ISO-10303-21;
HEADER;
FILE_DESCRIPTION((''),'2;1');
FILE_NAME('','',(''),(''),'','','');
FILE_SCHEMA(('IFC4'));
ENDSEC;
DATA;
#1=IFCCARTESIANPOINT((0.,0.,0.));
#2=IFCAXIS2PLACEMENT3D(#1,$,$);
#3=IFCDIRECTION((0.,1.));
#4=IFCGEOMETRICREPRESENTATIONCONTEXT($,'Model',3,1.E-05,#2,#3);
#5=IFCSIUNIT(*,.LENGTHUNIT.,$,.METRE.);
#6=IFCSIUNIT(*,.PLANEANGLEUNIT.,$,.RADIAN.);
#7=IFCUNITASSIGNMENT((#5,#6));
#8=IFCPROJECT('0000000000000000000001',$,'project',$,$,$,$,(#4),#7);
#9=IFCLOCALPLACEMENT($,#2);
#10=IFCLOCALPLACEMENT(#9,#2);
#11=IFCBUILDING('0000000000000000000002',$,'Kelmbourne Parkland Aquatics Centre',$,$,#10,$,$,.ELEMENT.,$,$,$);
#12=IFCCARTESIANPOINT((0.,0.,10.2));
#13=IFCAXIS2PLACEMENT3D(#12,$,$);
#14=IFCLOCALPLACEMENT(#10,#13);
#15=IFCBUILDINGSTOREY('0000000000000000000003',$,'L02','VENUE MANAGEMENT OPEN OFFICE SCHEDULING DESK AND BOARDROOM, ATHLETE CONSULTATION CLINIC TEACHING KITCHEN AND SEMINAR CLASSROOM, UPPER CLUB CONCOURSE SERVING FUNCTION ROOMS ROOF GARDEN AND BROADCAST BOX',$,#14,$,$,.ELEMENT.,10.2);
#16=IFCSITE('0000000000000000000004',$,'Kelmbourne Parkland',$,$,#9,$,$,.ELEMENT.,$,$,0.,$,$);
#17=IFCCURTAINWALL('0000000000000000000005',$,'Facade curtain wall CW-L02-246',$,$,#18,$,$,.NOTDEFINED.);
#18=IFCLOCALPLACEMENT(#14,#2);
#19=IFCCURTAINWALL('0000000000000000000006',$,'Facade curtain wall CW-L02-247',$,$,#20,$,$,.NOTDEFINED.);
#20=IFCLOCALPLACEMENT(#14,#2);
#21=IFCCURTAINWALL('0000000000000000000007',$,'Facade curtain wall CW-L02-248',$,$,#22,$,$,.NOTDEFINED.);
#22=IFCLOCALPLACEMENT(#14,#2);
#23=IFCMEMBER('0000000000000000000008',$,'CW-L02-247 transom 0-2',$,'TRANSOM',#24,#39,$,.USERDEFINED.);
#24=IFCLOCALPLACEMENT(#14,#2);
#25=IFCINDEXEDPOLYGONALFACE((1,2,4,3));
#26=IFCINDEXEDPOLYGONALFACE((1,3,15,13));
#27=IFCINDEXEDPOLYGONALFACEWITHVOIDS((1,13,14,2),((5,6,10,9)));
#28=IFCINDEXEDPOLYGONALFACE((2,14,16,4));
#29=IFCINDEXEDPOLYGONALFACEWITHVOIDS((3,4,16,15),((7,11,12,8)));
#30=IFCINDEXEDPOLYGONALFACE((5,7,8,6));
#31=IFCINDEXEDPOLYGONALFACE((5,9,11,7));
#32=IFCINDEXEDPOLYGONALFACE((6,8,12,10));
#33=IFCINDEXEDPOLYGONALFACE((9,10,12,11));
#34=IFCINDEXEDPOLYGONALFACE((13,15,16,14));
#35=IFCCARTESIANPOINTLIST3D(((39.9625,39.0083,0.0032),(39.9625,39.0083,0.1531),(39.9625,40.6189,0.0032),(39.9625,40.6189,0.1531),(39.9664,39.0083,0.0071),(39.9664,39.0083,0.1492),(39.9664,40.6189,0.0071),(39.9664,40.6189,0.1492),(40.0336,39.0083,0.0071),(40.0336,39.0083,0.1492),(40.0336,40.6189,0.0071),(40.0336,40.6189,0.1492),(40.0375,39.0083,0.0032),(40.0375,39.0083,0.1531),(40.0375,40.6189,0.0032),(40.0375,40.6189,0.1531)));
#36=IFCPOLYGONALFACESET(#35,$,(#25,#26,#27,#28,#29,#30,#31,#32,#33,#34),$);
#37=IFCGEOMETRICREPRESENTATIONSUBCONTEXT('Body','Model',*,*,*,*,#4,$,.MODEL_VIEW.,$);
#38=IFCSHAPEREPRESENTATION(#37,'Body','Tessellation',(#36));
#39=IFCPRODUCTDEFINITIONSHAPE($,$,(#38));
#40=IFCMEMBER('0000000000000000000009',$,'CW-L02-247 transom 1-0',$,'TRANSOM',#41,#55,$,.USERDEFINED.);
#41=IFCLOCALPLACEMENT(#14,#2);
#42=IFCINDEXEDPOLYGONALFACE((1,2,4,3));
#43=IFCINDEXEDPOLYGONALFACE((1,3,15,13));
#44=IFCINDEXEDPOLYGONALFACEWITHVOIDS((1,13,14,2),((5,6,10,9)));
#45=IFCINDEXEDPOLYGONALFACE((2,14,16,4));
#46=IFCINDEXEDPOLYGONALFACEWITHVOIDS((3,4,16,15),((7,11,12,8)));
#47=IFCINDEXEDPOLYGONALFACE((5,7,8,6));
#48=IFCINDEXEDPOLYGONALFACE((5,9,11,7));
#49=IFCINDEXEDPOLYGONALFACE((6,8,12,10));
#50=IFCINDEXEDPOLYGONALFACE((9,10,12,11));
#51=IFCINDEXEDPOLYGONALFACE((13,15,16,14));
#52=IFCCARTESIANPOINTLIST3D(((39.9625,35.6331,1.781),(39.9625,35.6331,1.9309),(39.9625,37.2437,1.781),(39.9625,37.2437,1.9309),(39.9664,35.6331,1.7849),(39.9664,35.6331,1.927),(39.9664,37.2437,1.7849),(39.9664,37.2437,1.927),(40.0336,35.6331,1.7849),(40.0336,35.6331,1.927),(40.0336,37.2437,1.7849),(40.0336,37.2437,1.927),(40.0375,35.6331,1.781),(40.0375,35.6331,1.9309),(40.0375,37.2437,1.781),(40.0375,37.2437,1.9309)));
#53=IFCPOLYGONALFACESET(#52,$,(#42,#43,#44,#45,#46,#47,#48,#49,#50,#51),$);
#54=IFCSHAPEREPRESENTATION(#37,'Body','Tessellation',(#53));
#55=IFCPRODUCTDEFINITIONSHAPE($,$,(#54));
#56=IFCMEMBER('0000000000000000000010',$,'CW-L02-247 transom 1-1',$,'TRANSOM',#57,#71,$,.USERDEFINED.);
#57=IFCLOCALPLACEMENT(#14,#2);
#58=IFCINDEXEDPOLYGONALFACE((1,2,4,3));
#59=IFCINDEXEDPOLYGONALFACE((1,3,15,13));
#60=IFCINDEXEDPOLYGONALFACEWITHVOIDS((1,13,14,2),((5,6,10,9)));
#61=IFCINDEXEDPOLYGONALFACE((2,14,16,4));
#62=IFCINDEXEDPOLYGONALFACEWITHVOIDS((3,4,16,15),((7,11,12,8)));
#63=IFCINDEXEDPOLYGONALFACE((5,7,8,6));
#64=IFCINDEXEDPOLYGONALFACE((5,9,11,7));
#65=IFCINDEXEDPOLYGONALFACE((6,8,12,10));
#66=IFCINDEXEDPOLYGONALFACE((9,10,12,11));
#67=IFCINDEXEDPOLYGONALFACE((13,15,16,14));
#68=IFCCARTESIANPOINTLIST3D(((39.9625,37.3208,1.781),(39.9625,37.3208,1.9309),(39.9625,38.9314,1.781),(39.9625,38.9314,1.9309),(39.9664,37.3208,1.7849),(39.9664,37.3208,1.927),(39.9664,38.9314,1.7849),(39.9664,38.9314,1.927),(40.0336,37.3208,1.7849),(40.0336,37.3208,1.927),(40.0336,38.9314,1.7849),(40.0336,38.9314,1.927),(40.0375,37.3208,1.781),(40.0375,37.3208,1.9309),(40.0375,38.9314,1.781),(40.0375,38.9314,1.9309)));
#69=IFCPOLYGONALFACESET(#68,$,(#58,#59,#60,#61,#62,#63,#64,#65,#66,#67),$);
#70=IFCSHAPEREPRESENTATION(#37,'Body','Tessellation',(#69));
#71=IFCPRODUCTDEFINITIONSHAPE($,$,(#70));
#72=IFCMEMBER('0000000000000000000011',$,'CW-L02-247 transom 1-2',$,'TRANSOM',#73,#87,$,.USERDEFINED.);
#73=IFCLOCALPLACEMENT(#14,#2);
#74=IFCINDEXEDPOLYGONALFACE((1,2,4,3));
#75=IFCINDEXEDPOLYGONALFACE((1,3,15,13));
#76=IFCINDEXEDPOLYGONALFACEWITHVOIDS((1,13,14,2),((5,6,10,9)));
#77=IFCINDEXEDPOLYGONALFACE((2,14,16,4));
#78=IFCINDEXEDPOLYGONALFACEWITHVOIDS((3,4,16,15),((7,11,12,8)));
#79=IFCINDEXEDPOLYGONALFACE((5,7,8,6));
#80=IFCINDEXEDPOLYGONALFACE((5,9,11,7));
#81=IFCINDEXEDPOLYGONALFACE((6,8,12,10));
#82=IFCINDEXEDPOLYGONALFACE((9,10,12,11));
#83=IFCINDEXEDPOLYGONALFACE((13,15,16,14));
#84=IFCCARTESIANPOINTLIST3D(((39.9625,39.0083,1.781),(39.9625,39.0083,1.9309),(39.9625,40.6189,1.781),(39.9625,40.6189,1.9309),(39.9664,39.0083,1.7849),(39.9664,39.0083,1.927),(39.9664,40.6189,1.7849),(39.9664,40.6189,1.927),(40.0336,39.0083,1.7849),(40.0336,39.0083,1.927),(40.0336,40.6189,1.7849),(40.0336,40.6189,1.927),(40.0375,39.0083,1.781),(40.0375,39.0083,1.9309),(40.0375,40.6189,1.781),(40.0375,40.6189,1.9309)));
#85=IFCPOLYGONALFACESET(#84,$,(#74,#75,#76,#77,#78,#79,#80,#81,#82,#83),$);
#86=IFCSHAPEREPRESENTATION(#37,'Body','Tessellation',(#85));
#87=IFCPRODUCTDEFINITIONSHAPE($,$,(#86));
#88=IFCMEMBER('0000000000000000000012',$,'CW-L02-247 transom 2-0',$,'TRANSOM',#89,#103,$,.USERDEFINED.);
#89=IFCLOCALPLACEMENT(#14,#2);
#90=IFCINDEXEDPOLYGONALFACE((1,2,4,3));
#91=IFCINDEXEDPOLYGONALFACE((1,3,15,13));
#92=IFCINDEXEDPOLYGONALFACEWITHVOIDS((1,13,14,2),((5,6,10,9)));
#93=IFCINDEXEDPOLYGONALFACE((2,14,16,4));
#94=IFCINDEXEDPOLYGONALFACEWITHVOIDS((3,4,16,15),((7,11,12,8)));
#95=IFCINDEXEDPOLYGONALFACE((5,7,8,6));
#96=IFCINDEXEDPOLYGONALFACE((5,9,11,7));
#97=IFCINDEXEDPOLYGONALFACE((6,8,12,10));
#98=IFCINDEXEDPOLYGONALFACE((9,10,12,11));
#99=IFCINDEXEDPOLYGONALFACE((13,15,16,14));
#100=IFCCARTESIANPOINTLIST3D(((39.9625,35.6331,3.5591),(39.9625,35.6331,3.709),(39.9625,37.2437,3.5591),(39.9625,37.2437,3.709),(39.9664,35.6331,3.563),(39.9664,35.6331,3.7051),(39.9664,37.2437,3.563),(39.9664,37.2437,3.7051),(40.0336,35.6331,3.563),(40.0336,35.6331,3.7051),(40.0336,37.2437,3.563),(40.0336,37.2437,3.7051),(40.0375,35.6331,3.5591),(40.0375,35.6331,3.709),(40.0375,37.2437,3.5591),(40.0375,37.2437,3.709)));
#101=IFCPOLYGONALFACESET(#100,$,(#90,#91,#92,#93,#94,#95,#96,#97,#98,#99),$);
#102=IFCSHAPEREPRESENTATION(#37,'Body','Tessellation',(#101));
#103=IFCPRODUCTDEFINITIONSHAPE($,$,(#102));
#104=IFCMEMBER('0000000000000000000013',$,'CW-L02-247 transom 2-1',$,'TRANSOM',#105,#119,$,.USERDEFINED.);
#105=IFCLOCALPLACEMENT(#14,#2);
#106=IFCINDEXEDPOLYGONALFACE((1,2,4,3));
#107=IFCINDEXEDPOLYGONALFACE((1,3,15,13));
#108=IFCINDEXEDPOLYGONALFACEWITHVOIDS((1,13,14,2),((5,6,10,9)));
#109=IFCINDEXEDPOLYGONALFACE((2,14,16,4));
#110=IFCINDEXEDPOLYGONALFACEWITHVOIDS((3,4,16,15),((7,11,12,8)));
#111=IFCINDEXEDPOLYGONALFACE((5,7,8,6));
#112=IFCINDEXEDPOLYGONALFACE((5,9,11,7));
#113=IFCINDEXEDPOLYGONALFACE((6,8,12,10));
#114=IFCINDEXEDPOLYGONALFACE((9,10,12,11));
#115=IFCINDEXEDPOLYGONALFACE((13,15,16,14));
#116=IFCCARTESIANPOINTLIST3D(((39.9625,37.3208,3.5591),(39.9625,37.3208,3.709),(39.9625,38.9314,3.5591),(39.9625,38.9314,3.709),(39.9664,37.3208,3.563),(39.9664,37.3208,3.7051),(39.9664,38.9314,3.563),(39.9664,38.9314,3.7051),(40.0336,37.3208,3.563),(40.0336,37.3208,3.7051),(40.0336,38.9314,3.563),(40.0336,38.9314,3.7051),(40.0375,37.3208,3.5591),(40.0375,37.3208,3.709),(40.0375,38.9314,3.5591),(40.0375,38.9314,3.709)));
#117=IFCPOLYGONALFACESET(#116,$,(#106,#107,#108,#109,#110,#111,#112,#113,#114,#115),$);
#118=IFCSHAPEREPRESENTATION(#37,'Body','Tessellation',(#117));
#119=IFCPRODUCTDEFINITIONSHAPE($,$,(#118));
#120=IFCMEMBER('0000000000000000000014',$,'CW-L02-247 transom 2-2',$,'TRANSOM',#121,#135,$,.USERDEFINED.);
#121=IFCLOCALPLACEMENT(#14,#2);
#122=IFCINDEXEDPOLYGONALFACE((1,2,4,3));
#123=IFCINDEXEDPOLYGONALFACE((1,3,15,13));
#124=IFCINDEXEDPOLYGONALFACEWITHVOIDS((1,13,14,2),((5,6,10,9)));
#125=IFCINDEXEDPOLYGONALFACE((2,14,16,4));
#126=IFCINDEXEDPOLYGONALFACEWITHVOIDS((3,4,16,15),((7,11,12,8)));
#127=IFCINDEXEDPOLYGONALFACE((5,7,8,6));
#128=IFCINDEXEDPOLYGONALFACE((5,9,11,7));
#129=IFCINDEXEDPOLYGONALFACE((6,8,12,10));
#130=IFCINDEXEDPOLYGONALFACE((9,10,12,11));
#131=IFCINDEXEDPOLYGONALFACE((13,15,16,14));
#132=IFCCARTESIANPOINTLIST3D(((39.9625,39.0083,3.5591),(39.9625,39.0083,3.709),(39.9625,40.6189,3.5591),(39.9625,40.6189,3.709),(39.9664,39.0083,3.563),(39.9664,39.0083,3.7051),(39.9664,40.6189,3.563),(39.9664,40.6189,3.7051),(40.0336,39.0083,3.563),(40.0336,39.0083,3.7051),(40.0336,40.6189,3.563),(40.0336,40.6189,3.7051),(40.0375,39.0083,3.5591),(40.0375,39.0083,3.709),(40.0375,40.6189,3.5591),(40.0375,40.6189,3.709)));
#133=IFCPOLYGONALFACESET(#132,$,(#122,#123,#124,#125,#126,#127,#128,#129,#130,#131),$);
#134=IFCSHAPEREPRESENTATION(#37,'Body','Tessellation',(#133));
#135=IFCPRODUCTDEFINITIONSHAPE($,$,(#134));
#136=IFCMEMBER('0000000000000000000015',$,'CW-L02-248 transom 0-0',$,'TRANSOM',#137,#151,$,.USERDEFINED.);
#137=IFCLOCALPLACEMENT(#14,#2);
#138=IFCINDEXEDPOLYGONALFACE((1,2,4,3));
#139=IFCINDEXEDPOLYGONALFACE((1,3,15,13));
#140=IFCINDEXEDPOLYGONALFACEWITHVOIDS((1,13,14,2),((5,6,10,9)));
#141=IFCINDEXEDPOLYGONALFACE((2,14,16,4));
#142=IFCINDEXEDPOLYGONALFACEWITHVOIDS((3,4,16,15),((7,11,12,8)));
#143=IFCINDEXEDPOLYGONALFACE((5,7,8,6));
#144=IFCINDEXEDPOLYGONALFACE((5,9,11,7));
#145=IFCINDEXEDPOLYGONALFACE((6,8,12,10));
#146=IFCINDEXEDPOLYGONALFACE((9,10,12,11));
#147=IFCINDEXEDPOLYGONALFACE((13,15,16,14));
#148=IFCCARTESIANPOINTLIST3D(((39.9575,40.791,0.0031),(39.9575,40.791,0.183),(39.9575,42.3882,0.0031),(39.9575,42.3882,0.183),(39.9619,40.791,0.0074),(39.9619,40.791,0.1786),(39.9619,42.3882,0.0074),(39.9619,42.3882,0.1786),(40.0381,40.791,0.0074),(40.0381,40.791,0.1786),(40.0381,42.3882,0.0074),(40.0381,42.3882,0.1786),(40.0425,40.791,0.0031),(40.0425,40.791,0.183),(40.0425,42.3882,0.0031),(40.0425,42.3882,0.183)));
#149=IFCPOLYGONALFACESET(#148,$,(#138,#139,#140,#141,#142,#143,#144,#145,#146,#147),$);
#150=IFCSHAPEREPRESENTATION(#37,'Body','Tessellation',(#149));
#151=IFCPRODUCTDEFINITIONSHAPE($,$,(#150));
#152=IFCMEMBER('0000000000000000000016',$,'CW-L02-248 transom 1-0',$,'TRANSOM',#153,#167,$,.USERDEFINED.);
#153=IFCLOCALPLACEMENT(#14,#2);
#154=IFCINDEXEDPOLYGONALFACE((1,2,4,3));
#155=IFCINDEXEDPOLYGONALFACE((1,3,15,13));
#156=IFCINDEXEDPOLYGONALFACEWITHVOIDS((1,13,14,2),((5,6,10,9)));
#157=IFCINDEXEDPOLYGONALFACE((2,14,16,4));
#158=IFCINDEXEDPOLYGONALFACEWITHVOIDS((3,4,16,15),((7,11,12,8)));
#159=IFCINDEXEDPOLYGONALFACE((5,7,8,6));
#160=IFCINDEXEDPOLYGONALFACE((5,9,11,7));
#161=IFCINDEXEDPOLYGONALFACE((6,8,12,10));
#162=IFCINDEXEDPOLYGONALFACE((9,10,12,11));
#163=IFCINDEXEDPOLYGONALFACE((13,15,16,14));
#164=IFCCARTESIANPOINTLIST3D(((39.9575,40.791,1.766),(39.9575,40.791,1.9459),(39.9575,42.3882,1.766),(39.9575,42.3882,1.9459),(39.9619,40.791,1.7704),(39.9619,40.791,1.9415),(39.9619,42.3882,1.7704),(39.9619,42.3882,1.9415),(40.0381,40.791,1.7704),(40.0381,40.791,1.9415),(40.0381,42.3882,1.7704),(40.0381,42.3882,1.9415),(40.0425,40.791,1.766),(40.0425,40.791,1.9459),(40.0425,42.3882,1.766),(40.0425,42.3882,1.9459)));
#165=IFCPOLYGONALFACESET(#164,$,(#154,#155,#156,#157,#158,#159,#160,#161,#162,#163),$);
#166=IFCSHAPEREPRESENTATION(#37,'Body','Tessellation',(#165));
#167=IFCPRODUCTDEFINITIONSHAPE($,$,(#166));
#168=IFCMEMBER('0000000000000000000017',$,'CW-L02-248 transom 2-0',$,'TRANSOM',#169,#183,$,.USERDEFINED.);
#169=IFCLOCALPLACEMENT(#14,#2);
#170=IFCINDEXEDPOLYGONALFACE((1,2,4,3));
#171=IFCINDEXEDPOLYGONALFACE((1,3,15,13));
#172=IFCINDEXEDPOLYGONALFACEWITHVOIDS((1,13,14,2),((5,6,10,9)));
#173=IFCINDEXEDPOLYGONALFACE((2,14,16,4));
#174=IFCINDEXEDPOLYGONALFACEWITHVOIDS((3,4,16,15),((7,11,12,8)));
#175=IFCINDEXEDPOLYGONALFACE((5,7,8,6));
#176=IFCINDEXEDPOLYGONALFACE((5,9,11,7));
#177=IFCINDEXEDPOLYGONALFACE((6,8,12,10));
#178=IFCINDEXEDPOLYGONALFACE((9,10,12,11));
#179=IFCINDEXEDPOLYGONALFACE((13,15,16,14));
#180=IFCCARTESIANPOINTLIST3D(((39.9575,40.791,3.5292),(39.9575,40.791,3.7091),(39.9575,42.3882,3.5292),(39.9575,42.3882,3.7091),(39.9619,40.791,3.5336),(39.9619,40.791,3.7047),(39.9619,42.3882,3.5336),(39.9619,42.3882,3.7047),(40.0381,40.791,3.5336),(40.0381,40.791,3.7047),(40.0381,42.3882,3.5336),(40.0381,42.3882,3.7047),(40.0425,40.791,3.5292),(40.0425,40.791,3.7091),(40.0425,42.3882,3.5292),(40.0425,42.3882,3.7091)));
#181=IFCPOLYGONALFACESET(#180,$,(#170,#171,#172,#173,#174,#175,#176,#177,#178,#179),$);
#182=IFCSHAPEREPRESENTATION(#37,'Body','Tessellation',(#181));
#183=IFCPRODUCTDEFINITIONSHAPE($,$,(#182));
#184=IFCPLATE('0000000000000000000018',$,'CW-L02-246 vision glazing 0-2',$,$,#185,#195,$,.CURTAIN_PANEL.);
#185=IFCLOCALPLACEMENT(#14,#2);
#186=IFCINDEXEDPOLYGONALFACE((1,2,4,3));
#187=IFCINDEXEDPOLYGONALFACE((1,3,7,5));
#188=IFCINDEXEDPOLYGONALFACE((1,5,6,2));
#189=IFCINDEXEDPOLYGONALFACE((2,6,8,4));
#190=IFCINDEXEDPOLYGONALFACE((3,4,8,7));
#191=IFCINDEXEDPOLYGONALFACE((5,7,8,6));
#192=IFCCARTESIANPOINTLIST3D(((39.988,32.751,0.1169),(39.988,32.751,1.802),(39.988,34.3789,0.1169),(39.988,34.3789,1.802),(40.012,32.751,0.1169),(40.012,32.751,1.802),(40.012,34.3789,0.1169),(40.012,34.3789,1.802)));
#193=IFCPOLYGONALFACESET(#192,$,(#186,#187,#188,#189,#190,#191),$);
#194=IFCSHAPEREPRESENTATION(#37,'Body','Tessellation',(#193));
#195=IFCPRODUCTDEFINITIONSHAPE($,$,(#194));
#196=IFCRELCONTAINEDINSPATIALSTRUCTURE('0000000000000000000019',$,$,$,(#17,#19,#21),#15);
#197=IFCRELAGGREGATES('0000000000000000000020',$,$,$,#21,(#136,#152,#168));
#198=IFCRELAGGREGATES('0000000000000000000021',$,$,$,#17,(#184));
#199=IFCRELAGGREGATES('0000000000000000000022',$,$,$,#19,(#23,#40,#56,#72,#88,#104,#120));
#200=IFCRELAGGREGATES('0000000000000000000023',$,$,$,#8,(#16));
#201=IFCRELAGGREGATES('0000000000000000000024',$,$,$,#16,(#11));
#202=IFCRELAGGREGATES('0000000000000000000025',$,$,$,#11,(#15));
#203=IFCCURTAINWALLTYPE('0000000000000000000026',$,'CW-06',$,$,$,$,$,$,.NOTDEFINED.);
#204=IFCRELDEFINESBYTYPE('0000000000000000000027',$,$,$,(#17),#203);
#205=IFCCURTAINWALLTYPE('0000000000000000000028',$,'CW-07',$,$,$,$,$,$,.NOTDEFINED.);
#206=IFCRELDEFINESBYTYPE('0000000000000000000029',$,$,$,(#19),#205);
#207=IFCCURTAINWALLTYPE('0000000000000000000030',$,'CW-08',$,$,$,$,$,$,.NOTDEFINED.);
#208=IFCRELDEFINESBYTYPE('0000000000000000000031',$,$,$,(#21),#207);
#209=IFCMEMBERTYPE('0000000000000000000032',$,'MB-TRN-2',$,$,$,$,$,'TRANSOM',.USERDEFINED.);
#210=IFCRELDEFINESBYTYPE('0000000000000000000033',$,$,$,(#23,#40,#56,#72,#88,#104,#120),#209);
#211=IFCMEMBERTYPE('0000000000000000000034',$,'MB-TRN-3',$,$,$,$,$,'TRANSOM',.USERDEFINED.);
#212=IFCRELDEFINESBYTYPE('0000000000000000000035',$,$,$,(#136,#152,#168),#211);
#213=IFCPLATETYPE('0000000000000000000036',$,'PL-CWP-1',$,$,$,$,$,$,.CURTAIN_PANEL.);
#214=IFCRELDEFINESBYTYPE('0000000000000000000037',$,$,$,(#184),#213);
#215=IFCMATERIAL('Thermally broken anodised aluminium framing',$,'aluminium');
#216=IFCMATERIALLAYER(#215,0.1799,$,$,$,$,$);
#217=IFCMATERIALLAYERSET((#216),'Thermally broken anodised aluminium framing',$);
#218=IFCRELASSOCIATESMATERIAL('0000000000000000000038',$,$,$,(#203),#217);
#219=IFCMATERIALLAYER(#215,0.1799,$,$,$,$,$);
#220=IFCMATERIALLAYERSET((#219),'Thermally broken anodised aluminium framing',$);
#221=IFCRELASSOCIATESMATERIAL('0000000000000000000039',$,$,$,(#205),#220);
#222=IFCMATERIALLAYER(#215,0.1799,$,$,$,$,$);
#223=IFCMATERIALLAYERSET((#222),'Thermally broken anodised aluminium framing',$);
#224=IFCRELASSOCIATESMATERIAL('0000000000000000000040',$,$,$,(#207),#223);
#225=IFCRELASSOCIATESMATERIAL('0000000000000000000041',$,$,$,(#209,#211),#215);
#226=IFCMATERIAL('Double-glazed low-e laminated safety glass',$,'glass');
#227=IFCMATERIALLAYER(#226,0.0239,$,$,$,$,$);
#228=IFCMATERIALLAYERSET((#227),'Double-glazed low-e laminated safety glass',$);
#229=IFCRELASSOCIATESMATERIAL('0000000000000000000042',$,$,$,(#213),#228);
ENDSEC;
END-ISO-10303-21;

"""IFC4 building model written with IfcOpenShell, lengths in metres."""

from ifc_helpers import new_model, si_unit, direction, frame, origin, origin_2d, place, context, subcontext, project, spatial, rectangle, hollow_rectangle, extrude, material, layer, layer_set, material_profile, profile_set, type_object, element, aggregate, save


model = new_model("IFC4")

# Units and contexts
model_context = context("Model", 3, precision=1e-05, world=origin(), true_north=direction((0.0, 1.0)))
body_context = subcontext(model_context, "Body", "Model", "MODEL_VIEW")
ifc_project = project(units=[si_unit("LENGTHUNIT", "METRE"), si_unit("PLANEANGLEUNIT", "RADIAN")], contexts=[model_context])

# Site, building, storey
site_placement = place(None, origin())
site = spatial("IfcSite", under=ifc_project, at=site_placement, Name="Kelmbourne Parkland", CompositionType="ELEMENT", RefElevation=0.0)
building_placement = place(site_placement, origin())
building = spatial("IfcBuilding", under=site, at=building_placement, Name="Kelmbourne Parkland Aquatics Centre", CompositionType="ELEMENT")
storey_placement = place(building_placement, frame((0.0, 0.0, 10.2)))
storey = spatial("IfcBuildingStorey", under=building, at=storey_placement, Name="L02", Description="VENUE MANAGEMENT OPEN OFFICE SCHEDULING DESK AND BOARDROOM, ATHLETE CONSULTATION CLINIC TEACHING KITCHEN AND SEMINAR CLASSROOM, UPPER CLUB CONCOURSE SERVING FUNCTION ROOMS ROOF GARDEN AND BROADCAST BOX", CompositionType="ELEMENT", Elevation=10.2)

# Curtain wall
ifc_material_1 = material(Name="Thermally broken anodised aluminium framing", Category="aluminium")
ifc_layer_1 = layer(ifc_material_1, 0.1799)
ifc_layer_set_1 = layer_set([ifc_layer_1], Name="Thermally broken anodised aluminium framing")
curtain_wall_type_1 = type_object("IfcCurtainWallType", Name="CW-06", PredefinedType="NOTDEFINED", material=ifc_layer_set_1)
curtain_wall_1_placement = place(storey_placement, origin())
curtain_wall_1 = element("IfcCurtainWall", 1, at=curtain_wall_1_placement, inside=storey, type_object=curtain_wall_type_1, Name="Facade curtain wall CW-L02-246", PredefinedType="NOTDEFINED")

# Curtain wall
ifc_layer_2 = layer(ifc_material_1, 0.1799)
ifc_layer_set_2 = layer_set([ifc_layer_2], Name="Thermally broken anodised aluminium framing")
curtain_wall_type_2 = type_object("IfcCurtainWallType", Name="CW-07", PredefinedType="NOTDEFINED", material=ifc_layer_set_2)
curtain_wall_2_placement = place(storey_placement, origin())
curtain_wall_2 = element("IfcCurtainWall", 2, at=curtain_wall_2_placement, inside=storey, type_object=curtain_wall_type_2, Name="Facade curtain wall CW-L02-247", PredefinedType="NOTDEFINED")

# Curtain wall
ifc_layer_3 = layer(ifc_material_1, 0.1799)
ifc_layer_set_3 = layer_set([ifc_layer_3], Name="Thermally broken anodised aluminium framing")
curtain_wall_type_3 = type_object("IfcCurtainWallType", Name="CW-08", PredefinedType="NOTDEFINED", material=ifc_layer_set_3)
curtain_wall_3_placement = place(storey_placement, origin())
curtain_wall_3 = element("IfcCurtainWall", 3, at=curtain_wall_3_placement, inside=storey, type_object=curtain_wall_type_3, Name="Facade curtain wall CW-L02-248", PredefinedType="NOTDEFINED")

# Members
ifc_material_profile_1 = material_profile(ifc_material_1, hollow_rectangle(XDim=0.075, YDim=0.1499, WallThickness=0.0039, at=origin_2d()), Name="CW-T 75x150")
ifc_profile_set_1 = profile_set([ifc_material_profile_1], Name="Thermally broken anodised aluminium framing")
member_type_1 = type_object("IfcMemberType", Name="MB-TRN-2", ElementType="TRANSOM", PredefinedType="USERDEFINED", material=ifc_profile_set_1)
member_1_placement = place(storey_placement, frame((40.0, 39.0083, 0.0781), z_axis=(0.0, 1.0, 0.0), x_axis=(-1.0, 0.0, 0.0)))
member_1 = element("IfcMember", 4, at=member_1_placement, type_object=member_type_1, Name="CW-L02-247 transom 0-2", ObjectType="TRANSOM", PredefinedType="USERDEFINED", context=body_context, shape_type="SweptSolid", body=[
    extrude(hollow_rectangle(XDim=0.075, YDim=0.1499, WallThickness=0.0039, at=origin_2d()), origin(), (0.0, 0.0, 1.0), 1.6106),
])
member_2_placement = place(storey_placement, frame((40.0, 35.6331, 1.856), z_axis=(0.0, 1.0, 0.0), x_axis=(-1.0, 0.0, 0.0)))
member_2 = element("IfcMember", 5, at=member_2_placement, type_object=member_type_1, Name="CW-L02-247 transom 1-0", ObjectType="TRANSOM", PredefinedType="USERDEFINED", context=body_context, shape_type="SweptSolid", body=[
    extrude(hollow_rectangle(XDim=0.075, YDim=0.1499, WallThickness=0.0039, at=origin_2d()), origin(), (0.0, 0.0, 1.0), 1.6106),
])
member_3_placement = place(storey_placement, frame((40.0, 37.3208, 1.856), z_axis=(0.0, 1.0, 0.0), x_axis=(-1.0, 0.0, 0.0)))
member_3 = element("IfcMember", 6, at=member_3_placement, type_object=member_type_1, Name="CW-L02-247 transom 1-1", ObjectType="TRANSOM", PredefinedType="USERDEFINED", context=body_context, shape_type="SweptSolid", body=[
    extrude(hollow_rectangle(XDim=0.075, YDim=0.1499, WallThickness=0.0039, at=origin_2d()), origin(), (0.0, 0.0, 1.0), 1.6106),
])
member_4_placement = place(storey_placement, frame((40.0, 39.0083, 1.856), z_axis=(0.0, 1.0, 0.0), x_axis=(-1.0, 0.0, 0.0)))
member_4 = element("IfcMember", 7, at=member_4_placement, type_object=member_type_1, Name="CW-L02-247 transom 1-2", ObjectType="TRANSOM", PredefinedType="USERDEFINED", context=body_context, shape_type="SweptSolid", body=[
    extrude(hollow_rectangle(XDim=0.075, YDim=0.1499, WallThickness=0.0039, at=origin_2d()), origin(), (0.0, 0.0, 1.0), 1.6106),
])
member_5_placement = place(storey_placement, frame((40.0, 35.6331, 3.634), z_axis=(0.0, 1.0, 0.0), x_axis=(-1.0, 0.0, 0.0)))
member_5 = element("IfcMember", 8, at=member_5_placement, type_object=member_type_1, Name="CW-L02-247 transom 2-0", ObjectType="TRANSOM", PredefinedType="USERDEFINED", context=body_context, shape_type="SweptSolid", body=[
    extrude(hollow_rectangle(XDim=0.075, YDim=0.1499, WallThickness=0.0039, at=origin_2d()), origin(), (0.0, 0.0, 1.0), 1.6106),
])
member_6_placement = place(storey_placement, frame((40.0, 37.3208, 3.634), z_axis=(0.0, 1.0, 0.0), x_axis=(-1.0, 0.0, 0.0)))
member_6 = element("IfcMember", 9, at=member_6_placement, type_object=member_type_1, Name="CW-L02-247 transom 2-1", ObjectType="TRANSOM", PredefinedType="USERDEFINED", context=body_context, shape_type="SweptSolid", body=[
    extrude(hollow_rectangle(XDim=0.075, YDim=0.1499, WallThickness=0.0039, at=origin_2d()), origin(), (0.0, 0.0, 1.0), 1.6106),
])
member_7_placement = place(storey_placement, frame((40.0, 39.0083, 3.634), z_axis=(0.0, 1.0, 0.0), x_axis=(-1.0, 0.0, 0.0)))
member_7 = element("IfcMember", 10, at=member_7_placement, type_object=member_type_1, Name="CW-L02-247 transom 2-2", ObjectType="TRANSOM", PredefinedType="USERDEFINED", context=body_context, shape_type="SweptSolid", body=[
    extrude(hollow_rectangle(XDim=0.075, YDim=0.1499, WallThickness=0.0039, at=origin_2d()), origin(), (0.0, 0.0, 1.0), 1.6106),
])
ifc_material_profile_2 = material_profile(ifc_material_1, hollow_rectangle(XDim=0.085, YDim=0.1799, WallThickness=0.0044, at=origin_2d()), Name="CW-T 85x180")
ifc_profile_set_2 = profile_set([ifc_material_profile_2], Name="Thermally broken anodised aluminium framing")
member_type_2 = type_object("IfcMemberType", Name="MB-TRN-3", ElementType="TRANSOM", PredefinedType="USERDEFINED", material=ifc_profile_set_2)
member_8_placement = place(storey_placement, frame((40.0, 40.791, 0.093), z_axis=(0.0, 1.0, 0.0), x_axis=(-1.0, 0.0, 0.0)))
member_8 = element("IfcMember", 11, at=member_8_placement, type_object=member_type_2, Name="CW-L02-248 transom 0-0", ObjectType="TRANSOM", PredefinedType="USERDEFINED", context=body_context, shape_type="SweptSolid", body=[
    extrude(hollow_rectangle(XDim=0.085, YDim=0.1799, WallThickness=0.0044, at=origin_2d()), origin(), (0.0, 0.0, 1.0), 1.5972),
])
member_9_placement = place(storey_placement, frame((40.0, 40.791, 1.856), z_axis=(0.0, 1.0, 0.0), x_axis=(-1.0, 0.0, 0.0)))
member_9 = element("IfcMember", 12, at=member_9_placement, type_object=member_type_2, Name="CW-L02-248 transom 1-0", ObjectType="TRANSOM", PredefinedType="USERDEFINED", context=body_context, shape_type="SweptSolid", body=[
    extrude(hollow_rectangle(XDim=0.085, YDim=0.1799, WallThickness=0.0044, at=origin_2d()), origin(), (0.0, 0.0, 1.0), 1.5972),
])
member_10_placement = place(storey_placement, frame((40.0, 40.791, 3.6191), z_axis=(0.0, 1.0, 0.0), x_axis=(-1.0, 0.0, 0.0)))
member_10 = element("IfcMember", 13, at=member_10_placement, type_object=member_type_2, Name="CW-L02-248 transom 2-0", ObjectType="TRANSOM", PredefinedType="USERDEFINED", context=body_context, shape_type="SweptSolid", body=[
    extrude(hollow_rectangle(XDim=0.085, YDim=0.1799, WallThickness=0.0044, at=origin_2d()), origin(), (0.0, 0.0, 1.0), 1.5972),
])
aggregate(curtain_wall_3, [member_8, member_9, member_10])

# Plate
ifc_material_2 = material(Name="Double-glazed low-e laminated safety glass", Category="glass")
ifc_layer_4 = layer(ifc_material_2, 0.0239)
ifc_layer_set_4 = layer_set([ifc_layer_4], Name="Double-glazed low-e laminated safety glass")
plate_type_1 = type_object("IfcPlateType", Name="PL-CWP-1", PredefinedType="CURTAIN_PANEL", material=ifc_layer_set_4)
plate_1_placement = place(storey_placement, frame((40.0, 33.5649, 0.1169), z_axis=(0.0, 0.0, 1.0), x_axis=(0.0, 1.0, 0.0)))
plate_1 = element("IfcPlate", 14, at=plate_1_placement, type_object=plate_type_1, Name="CW-L02-246 vision glazing 0-2", PredefinedType="CURTAIN_PANEL", context=body_context, shape_type="SweptSolid", body=[
    extrude(rectangle(XDim=1.6279, YDim=0.0239, at=origin_2d()), origin(), (0.0, 0.0, 1.0), 1.6851),
])
aggregate(curtain_wall_1, [plate_1])
aggregate(curtain_wall_2, [member_1, member_2, member_3, member_4, member_5, member_6, member_7])

save(model, "model.ifc")
